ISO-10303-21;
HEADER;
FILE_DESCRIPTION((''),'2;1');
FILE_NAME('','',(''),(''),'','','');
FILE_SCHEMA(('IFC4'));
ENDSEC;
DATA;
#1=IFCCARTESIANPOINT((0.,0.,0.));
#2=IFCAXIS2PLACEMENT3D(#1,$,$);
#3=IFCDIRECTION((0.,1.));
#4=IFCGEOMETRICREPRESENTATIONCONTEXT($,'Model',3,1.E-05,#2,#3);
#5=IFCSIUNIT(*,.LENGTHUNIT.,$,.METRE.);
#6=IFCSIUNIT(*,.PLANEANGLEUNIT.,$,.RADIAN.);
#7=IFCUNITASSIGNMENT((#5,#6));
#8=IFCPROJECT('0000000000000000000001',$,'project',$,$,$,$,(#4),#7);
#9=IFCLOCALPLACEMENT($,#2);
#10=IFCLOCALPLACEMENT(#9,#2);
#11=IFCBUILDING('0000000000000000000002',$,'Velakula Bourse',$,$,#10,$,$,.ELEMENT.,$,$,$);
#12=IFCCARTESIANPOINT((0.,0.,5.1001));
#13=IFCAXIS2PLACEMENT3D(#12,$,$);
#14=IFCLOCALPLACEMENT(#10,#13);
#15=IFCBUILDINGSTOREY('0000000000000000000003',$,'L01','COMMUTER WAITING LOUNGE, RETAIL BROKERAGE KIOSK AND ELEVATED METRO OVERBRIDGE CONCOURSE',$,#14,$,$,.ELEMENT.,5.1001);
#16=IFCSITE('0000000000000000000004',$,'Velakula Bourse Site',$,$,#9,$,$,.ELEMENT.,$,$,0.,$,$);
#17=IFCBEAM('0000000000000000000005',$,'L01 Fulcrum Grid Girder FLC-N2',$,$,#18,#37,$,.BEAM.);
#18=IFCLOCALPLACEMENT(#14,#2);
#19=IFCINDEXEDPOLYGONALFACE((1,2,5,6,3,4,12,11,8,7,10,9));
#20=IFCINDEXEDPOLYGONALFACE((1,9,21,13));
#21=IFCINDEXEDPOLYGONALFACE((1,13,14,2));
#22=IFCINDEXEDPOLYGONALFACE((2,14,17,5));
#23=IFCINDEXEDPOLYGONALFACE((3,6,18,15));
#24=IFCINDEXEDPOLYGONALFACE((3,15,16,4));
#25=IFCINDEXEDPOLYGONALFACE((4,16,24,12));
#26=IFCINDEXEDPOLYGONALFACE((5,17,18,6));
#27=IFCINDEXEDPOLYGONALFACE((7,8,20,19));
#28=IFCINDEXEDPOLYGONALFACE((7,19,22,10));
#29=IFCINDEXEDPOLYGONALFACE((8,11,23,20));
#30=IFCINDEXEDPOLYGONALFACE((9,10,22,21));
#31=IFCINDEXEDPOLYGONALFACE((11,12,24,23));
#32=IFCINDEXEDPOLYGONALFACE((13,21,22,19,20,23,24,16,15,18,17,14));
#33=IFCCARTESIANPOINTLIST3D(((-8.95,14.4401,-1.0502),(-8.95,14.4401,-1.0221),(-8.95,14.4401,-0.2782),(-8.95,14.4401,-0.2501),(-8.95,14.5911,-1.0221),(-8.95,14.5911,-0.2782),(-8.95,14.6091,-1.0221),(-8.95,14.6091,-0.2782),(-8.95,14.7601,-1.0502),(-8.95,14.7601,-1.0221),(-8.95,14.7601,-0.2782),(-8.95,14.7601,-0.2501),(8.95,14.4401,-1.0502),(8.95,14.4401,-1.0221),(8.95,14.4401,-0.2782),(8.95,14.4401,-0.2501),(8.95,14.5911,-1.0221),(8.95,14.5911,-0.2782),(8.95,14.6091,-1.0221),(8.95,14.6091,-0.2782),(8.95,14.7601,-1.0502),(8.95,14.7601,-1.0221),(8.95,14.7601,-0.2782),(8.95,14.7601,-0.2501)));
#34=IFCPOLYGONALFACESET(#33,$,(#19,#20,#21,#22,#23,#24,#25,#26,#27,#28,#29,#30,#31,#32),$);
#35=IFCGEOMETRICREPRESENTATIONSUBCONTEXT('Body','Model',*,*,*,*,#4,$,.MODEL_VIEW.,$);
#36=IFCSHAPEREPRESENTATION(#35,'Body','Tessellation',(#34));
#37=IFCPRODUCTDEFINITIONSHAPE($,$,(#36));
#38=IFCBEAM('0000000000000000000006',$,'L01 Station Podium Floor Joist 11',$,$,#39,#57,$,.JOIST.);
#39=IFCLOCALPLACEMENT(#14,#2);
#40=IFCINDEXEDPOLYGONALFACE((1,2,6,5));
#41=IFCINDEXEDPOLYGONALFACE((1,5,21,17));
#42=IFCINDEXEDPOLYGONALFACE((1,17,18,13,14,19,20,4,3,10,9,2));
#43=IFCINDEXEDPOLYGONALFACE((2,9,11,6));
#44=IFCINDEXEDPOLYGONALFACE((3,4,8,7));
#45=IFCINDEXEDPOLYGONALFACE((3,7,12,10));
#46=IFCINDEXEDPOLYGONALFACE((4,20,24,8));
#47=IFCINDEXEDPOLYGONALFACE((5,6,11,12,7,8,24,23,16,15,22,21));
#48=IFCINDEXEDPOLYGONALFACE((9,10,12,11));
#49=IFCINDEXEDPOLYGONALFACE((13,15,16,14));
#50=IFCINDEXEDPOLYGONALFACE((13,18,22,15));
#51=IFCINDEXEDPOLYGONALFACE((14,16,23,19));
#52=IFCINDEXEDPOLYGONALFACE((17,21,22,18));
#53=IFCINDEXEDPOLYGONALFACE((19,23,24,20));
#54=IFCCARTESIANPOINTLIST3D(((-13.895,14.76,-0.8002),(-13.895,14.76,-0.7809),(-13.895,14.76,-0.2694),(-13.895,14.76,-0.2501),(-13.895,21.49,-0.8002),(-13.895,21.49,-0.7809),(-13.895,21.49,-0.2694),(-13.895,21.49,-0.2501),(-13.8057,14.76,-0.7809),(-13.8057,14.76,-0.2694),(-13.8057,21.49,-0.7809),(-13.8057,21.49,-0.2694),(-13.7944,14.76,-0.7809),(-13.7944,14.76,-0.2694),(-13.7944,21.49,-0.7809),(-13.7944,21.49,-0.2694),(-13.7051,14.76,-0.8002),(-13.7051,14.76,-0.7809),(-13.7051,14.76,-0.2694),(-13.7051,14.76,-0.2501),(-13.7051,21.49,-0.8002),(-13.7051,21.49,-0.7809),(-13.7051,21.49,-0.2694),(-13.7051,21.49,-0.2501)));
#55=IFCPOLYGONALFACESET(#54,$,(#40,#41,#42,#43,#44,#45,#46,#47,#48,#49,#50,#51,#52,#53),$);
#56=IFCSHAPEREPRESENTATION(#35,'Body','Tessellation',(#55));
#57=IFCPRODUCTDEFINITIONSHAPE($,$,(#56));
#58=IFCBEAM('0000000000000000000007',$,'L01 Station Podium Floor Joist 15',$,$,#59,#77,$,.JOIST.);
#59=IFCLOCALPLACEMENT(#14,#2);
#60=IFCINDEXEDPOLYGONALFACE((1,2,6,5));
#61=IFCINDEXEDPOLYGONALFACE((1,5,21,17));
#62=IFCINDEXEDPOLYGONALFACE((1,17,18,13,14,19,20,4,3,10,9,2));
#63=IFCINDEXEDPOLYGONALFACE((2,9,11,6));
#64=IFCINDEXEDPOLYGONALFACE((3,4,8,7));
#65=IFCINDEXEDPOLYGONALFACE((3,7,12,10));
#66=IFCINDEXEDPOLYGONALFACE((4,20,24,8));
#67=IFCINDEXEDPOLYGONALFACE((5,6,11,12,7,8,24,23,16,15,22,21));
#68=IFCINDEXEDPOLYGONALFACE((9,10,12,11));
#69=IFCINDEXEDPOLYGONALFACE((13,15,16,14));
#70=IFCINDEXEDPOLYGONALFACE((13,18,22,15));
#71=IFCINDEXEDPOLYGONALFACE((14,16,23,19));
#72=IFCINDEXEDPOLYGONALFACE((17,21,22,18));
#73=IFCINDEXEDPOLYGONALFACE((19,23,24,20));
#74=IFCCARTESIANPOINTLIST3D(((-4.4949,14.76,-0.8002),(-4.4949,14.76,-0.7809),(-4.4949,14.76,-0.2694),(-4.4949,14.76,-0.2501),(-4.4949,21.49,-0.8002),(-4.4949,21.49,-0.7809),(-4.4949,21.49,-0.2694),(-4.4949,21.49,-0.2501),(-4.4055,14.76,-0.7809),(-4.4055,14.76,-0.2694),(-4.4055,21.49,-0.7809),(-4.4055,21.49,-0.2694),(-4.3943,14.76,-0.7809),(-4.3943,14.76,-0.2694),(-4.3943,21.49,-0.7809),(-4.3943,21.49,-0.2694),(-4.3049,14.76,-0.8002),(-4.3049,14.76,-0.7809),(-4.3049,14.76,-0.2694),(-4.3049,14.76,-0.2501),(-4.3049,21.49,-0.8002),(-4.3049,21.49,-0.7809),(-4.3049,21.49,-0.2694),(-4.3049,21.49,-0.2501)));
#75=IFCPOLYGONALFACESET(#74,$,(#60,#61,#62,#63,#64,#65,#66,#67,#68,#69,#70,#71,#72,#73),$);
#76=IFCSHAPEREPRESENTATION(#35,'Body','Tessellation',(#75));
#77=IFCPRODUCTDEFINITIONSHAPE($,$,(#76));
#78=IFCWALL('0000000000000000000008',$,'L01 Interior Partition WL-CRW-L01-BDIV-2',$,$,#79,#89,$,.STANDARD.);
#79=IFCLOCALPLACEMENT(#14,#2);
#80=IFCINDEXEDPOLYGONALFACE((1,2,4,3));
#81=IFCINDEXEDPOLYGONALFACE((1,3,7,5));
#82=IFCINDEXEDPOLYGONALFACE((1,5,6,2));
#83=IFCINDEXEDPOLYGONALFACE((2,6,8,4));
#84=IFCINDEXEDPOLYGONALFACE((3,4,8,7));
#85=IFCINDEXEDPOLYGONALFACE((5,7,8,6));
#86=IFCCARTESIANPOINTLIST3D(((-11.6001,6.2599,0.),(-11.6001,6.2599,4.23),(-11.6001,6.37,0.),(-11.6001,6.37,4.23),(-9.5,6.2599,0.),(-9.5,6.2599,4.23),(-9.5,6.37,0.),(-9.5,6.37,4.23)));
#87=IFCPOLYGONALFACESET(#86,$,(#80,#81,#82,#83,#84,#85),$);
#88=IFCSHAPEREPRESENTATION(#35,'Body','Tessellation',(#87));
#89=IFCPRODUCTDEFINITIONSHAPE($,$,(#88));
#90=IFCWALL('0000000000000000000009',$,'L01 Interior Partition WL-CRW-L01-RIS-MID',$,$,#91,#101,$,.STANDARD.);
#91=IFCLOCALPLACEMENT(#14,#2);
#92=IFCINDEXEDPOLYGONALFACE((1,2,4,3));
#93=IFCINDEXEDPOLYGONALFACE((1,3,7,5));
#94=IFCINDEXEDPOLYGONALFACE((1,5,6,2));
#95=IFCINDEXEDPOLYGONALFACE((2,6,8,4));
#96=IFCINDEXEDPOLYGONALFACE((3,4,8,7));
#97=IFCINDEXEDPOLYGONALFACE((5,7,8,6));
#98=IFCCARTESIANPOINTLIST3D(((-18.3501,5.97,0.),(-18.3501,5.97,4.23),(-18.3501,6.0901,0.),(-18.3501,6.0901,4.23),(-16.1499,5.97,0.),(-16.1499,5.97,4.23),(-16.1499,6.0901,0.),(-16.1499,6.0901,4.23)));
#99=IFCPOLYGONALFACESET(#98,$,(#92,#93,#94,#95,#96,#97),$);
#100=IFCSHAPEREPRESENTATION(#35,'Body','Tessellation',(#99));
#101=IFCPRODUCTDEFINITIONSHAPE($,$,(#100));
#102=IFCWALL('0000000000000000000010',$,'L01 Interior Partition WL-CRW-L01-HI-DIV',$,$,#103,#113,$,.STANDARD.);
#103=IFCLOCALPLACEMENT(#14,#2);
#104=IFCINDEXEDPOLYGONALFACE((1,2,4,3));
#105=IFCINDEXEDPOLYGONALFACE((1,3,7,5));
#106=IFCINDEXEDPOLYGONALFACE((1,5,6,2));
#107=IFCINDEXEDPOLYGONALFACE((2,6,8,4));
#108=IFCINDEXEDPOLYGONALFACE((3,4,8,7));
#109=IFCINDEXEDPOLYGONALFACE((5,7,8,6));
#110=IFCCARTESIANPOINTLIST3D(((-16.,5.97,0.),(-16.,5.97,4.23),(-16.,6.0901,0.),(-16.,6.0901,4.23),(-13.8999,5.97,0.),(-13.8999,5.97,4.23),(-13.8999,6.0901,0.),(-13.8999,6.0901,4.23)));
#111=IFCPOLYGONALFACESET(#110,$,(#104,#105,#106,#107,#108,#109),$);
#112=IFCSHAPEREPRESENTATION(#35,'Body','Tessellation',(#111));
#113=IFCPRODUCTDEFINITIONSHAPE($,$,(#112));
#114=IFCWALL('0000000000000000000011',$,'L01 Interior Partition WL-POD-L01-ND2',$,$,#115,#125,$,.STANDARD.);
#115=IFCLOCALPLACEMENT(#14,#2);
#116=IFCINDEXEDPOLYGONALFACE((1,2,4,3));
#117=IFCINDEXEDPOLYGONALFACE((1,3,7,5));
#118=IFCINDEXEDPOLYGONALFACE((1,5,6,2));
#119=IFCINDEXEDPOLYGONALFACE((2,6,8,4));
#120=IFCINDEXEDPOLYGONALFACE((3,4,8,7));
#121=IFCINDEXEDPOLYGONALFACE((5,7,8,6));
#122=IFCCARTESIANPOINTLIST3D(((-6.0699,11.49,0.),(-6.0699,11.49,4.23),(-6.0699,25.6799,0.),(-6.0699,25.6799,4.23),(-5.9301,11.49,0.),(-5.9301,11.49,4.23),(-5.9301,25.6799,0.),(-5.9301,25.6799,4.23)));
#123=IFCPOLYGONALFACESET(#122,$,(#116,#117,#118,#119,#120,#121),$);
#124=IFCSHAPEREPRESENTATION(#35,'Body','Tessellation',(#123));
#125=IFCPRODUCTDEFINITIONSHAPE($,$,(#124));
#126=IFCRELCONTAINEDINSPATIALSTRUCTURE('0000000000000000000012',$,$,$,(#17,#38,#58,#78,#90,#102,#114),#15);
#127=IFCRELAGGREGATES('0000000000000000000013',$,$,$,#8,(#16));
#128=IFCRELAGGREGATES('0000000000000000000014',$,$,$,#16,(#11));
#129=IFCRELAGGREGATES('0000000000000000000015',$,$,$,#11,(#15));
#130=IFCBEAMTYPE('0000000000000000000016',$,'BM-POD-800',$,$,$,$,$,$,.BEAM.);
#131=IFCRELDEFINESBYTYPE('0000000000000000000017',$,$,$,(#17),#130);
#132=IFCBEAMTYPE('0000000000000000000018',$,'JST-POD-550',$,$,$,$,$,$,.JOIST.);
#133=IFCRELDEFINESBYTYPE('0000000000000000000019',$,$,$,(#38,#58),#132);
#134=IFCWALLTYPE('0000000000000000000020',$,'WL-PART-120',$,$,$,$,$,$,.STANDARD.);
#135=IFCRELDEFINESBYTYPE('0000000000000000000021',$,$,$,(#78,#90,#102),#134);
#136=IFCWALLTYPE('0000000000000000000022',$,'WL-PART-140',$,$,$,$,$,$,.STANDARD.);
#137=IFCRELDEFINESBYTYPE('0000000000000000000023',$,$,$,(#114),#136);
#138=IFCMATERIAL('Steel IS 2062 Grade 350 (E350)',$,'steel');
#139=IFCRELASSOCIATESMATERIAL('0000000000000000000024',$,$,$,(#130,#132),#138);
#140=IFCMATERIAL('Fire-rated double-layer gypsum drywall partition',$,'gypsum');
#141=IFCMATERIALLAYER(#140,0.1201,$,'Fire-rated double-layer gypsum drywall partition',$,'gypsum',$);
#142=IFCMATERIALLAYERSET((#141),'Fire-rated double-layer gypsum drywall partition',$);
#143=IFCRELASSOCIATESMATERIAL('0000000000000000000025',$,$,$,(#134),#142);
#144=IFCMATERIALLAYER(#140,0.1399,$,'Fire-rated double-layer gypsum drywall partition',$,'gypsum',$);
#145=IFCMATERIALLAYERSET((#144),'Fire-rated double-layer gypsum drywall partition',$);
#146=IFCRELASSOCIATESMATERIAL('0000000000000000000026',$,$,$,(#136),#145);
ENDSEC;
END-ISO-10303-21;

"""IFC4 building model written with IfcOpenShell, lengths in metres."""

from ifc_helpers import new_model, si_unit, direction, frame, frame_2d, origin, origin_2d, place, context, subcontext, project, spatial, rectangle, i_section, extrude, material, layer, layer_set, material_profile, profile_set, type_object, element, save


model = new_model("IFC4")

# Units and contexts
model_context = context("Model", 3, precision=1e-05, world=origin(), true_north=direction((0.0, 1.0)))
body_context = subcontext(model_context, "Body", "Model", "MODEL_VIEW")
ifc_project = project(units=[si_unit("LENGTHUNIT", "METRE"), si_unit("PLANEANGLEUNIT", "RADIAN")], contexts=[model_context])

# Site, building, storey
site_placement = place(None, origin())
site = spatial("IfcSite", under=ifc_project, at=site_placement, Name="Velakula Bourse Site", CompositionType="ELEMENT", RefElevation=0.0)
building_placement = place(site_placement, origin())
building = spatial("IfcBuilding", under=site, at=building_placement, Name="Velakula Bourse", CompositionType="ELEMENT")
storey_placement = place(building_placement, frame((0.0, 0.0, 5.1001)))
storey = spatial("IfcBuildingStorey", under=building, at=storey_placement, Name="L01", Description="COMMUTER WAITING LOUNGE, RETAIL BROKERAGE KIOSK AND ELEVATED METRO OVERBRIDGE CONCOURSE", CompositionType="ELEMENT", Elevation=5.1001)

# Beams
ifc_material_1 = material(Name="Steel IS 2062 Grade 350 (E350)", Category="steel")
ifc_material_profile_1 = material_profile(ifc_material_1, i_section(OverallWidth=0.3201, OverallDepth=0.8, WebThickness=0.0181, FlangeThickness=0.0281, at=origin_2d()), Name="Steel IS 2062 Grade 350 (E350)")
ifc_profile_set_1 = profile_set([ifc_material_profile_1], Name="Steel IS 2062 Grade 350 (E350)")
beam_type_1 = type_object("IfcBeamType", Name="BM-POD-800", PredefinedType="BEAM", material=ifc_profile_set_1)
beam_1_placement = place(storey_placement, frame((-8.95, 14.6001, -0.6501), z_axis=(1.0, 0.0, 0.0), x_axis=(0.0, 1.0, 0.0)))
element("IfcBeam", 1, at=beam_1_placement, inside=storey, type_object=beam_type_1, Name="L01 Fulcrum Grid Girder FLC-N2", PredefinedType="BEAM", context=body_context, shape_type="SweptSolid", body=[
    extrude(i_section(OverallWidth=0.3201, OverallDepth=0.8, WebThickness=0.0181, FlangeThickness=0.0281, at=origin_2d()), origin(), (0.0, 0.0, 1.0), 17.8999),
])
ifc_material_profile_2 = material_profile(ifc_material_1, i_section(OverallWidth=0.1899, OverallDepth=0.55, WebThickness=0.0112, FlangeThickness=0.0193, at=origin_2d()), Name="Steel IS 2062 Grade 350 (E350)")
ifc_profile_set_2 = profile_set([ifc_material_profile_2], Name="Steel IS 2062 Grade 350 (E350)")
beam_type_2 = type_object("IfcBeamType", Name="JST-POD-550", PredefinedType="JOIST", material=ifc_profile_set_2)
for number, where, z_axis, x_axis, name in (
    (2, (-13.8, 14.76, -0.5251), (0.0, 1.0, 0.0), (-1.0, 0.0, 0.0), "L01 Station Podium Floor Joist 11"),
    (3, (-4.3999, 14.76, -0.5251), (0.0, 1.0, 0.0), (-1.0, 0.0, 0.0), "L01 Station Podium Floor Joist 15"),
):
    element("IfcBeam", number, at=place(storey_placement, frame(where, z_axis=z_axis, x_axis=x_axis)), inside=storey, type_object=beam_type_2, Name=name, PredefinedType="JOIST", context=body_context, shape_type="SweptSolid", body=[
        extrude(i_section(OverallWidth=0.1899, OverallDepth=0.55, WebThickness=0.0112, FlangeThickness=0.0193, at=origin_2d()), origin(), (0.0, 0.0, 1.0), 6.73),
    ])

# Walls
ifc_material_2 = material(Name="Fire-rated double-layer gypsum drywall partition", Category="gypsum")
ifc_layer_1 = layer(ifc_material_2, 0.1201, Name="Fire-rated double-layer gypsum drywall partition", Category="gypsum")
ifc_layer_set_1 = layer_set([ifc_layer_1], Name="Fire-rated double-layer gypsum drywall partition")
wall_type_1 = type_object("IfcWallType", Name="WL-PART-120", PredefinedType="STANDARD", material=ifc_layer_set_1)
wall_1_placement = place(storey_placement, frame((-11.6001, 6.3149, 0.0), z_axis=(0.0, 0.0, 1.0), x_axis=(1.0, 0.0, 0.0)))
element("IfcWall", 4, at=wall_1_placement, inside=storey, type_object=wall_type_1, Name="L01 Interior Partition WL-CRW-L01-BDIV-2", PredefinedType="STANDARD", context=body_context, shape_type="SweptSolid", body=[
    extrude(rectangle(XDim=2.1001, YDim=0.1101, at=frame_2d((1.05, 0.0))), origin(), (0.0, 0.0, 1.0), 4.23),
])
wall_2_placement = place(storey_placement, frame((-18.3501, 6.03, 0.0), z_axis=(0.0, 0.0, 1.0), x_axis=(1.0, 0.0, 0.0)))
element("IfcWall", 5, at=wall_2_placement, inside=storey, type_object=wall_type_1, Name="L01 Interior Partition WL-CRW-L01-RIS-MID", PredefinedType="STANDARD", context=body_context, shape_type="SweptSolid", body=[
    extrude(rectangle(XDim=2.2002, YDim=0.1201, at=frame_2d((1.1001, 0.0))), origin(), (0.0, 0.0, 1.0), 4.23),
])
wall_3_placement = place(storey_placement, frame((-16.0, 6.03, 0.0), z_axis=(0.0, 0.0, 1.0), x_axis=(1.0, 0.0, 0.0)))
element("IfcWall", 6, at=wall_3_placement, inside=storey, type_object=wall_type_1, Name="L01 Interior Partition WL-CRW-L01-HI-DIV", PredefinedType="STANDARD", context=body_context, shape_type="SweptSolid", body=[
    extrude(rectangle(XDim=2.1001, YDim=0.1201, at=frame_2d((1.05, 0.0))), origin(), (0.0, 0.0, 1.0), 4.23),
])
ifc_layer_2 = layer(ifc_material_2, 0.1399, Name="Fire-rated double-layer gypsum drywall partition", Category="gypsum")
ifc_layer_set_2 = layer_set([ifc_layer_2], Name="Fire-rated double-layer gypsum drywall partition")
wall_type_2 = type_object("IfcWallType", Name="WL-PART-140", PredefinedType="STANDARD", material=ifc_layer_set_2)
wall_4_placement = place(storey_placement, frame((-6.0, 11.49, 0.0), z_axis=(0.0, 0.0, 1.0), x_axis=(0.0, 1.0, 0.0)))
element("IfcWall", 7, at=wall_4_placement, inside=storey, type_object=wall_type_2, Name="L01 Interior Partition WL-POD-L01-ND2", PredefinedType="STANDARD", context=body_context, shape_type="SweptSolid", body=[
    extrude(rectangle(XDim=14.1899, YDim=0.1399, at=frame_2d((7.095, 0.0))), origin(), (0.0, 0.0, 1.0), 4.23),
])

save(model, "model.ifc")
